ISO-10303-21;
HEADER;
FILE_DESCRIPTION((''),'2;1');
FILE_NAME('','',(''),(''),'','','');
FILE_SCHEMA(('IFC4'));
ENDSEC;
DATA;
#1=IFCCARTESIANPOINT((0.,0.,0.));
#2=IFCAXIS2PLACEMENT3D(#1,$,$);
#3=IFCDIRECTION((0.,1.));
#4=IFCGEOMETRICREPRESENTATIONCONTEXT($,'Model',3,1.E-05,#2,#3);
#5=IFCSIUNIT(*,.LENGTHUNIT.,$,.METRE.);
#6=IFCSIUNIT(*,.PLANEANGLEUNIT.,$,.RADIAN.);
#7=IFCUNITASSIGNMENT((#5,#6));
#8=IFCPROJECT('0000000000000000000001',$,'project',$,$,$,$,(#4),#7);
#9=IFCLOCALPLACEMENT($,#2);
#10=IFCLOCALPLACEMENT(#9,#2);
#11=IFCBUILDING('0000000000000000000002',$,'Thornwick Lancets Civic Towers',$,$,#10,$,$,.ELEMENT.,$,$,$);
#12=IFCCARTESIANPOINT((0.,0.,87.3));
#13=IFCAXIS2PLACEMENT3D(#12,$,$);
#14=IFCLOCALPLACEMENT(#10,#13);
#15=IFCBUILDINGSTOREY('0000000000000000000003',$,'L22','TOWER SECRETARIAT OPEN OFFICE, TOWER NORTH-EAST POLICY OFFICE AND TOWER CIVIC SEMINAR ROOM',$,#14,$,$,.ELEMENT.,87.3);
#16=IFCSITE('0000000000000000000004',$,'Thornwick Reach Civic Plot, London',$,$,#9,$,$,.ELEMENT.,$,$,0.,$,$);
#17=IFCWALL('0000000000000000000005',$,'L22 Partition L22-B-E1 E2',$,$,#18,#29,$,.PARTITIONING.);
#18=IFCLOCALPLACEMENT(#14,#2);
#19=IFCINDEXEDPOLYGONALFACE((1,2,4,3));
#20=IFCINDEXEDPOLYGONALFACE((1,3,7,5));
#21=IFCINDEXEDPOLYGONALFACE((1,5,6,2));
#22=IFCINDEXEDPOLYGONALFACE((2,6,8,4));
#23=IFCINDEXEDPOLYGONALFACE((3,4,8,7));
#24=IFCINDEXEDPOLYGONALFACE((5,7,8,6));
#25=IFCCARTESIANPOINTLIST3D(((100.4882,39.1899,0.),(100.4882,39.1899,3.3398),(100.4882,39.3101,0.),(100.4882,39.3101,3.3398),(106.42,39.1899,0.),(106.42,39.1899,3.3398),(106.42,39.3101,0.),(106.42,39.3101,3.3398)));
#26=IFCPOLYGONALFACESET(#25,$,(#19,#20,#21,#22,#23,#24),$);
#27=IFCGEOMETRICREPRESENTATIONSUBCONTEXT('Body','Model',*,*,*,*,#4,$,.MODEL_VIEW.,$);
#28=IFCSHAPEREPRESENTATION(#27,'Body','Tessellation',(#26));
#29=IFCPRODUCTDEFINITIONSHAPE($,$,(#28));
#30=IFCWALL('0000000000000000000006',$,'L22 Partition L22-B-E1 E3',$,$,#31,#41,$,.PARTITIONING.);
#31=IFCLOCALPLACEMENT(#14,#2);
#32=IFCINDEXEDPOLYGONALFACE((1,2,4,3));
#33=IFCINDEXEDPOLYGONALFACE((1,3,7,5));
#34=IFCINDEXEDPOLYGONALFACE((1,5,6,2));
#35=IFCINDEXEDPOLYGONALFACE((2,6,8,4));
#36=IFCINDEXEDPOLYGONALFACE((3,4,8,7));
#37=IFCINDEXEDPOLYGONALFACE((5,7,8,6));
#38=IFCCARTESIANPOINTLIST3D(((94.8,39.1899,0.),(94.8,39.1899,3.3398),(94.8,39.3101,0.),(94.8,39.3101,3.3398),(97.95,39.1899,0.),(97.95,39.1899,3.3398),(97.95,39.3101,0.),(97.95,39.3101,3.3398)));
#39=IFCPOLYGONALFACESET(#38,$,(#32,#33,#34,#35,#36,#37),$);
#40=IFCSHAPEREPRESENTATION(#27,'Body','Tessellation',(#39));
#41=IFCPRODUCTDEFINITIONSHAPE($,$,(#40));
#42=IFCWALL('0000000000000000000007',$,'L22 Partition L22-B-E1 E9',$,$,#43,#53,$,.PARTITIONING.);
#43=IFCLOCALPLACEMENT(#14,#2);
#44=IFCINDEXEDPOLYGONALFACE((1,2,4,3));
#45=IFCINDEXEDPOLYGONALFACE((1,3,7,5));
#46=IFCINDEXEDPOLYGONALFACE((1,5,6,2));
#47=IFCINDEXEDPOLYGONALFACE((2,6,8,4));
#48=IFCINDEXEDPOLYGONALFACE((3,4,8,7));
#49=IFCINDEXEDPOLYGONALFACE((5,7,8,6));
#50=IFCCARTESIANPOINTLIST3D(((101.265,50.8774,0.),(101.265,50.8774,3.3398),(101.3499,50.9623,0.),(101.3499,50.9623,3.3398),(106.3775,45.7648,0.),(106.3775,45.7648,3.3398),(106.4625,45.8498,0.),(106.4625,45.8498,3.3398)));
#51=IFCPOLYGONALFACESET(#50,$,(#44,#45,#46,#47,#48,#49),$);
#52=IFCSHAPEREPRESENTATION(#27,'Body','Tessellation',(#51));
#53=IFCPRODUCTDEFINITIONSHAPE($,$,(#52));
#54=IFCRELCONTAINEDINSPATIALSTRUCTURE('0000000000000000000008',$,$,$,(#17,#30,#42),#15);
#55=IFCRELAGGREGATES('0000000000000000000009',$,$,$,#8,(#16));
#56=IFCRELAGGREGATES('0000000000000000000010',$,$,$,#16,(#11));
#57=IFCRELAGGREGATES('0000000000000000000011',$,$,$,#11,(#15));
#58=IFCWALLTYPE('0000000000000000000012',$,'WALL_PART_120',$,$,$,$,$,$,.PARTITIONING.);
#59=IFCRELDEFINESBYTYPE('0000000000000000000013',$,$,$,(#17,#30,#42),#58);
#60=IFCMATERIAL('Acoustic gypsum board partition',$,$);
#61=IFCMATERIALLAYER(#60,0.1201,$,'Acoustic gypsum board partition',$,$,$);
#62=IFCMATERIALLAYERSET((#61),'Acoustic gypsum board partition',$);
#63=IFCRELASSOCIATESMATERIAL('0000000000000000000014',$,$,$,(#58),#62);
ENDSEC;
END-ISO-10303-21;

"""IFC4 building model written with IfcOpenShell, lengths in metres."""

from ifc_helpers import new_model, si_unit, direction, frame, frame_2d, origin, place, context, subcontext, project, spatial, rectangle, extrude, material, layer, layer_set, type_object, element, save


model = new_model("IFC4")

# Units and contexts
model_context = context("Model", 3, precision=1e-05, world=origin(), true_north=direction((0.0, 1.0)))
body_context = subcontext(model_context, "Body", "Model", "MODEL_VIEW")
ifc_project = project(units=[si_unit("LENGTHUNIT", "METRE"), si_unit("PLANEANGLEUNIT", "RADIAN")], contexts=[model_context])

# Site, building, storey
site_placement = place(None, origin())
site = spatial("IfcSite", under=ifc_project, at=site_placement, Name="Thornwick Reach Civic Plot, London", CompositionType="ELEMENT", RefElevation=0.0)
building_placement = place(site_placement, origin())
building = spatial("IfcBuilding", under=site, at=building_placement, Name="Thornwick Lancets Civic Towers", CompositionType="ELEMENT")
storey_placement = place(building_placement, frame((0.0, 0.0, 87.3)))
storey = spatial("IfcBuildingStorey", under=building, at=storey_placement, Name="L22", Description="TOWER SECRETARIAT OPEN OFFICE, TOWER NORTH-EAST POLICY OFFICE AND TOWER CIVIC SEMINAR ROOM", CompositionType="ELEMENT", Elevation=87.3)

# Walls
ifc_material_1 = material(Name="Acoustic gypsum board partition")
ifc_layer_1 = layer(ifc_material_1, 0.1201, Name="Acoustic gypsum board partition")
ifc_layer_set_1 = layer_set([ifc_layer_1], Name="Acoustic gypsum board partition")
wall_type_1 = type_object("IfcWallType", Name="WALL_PART_120", PredefinedType="PARTITIONING", material=ifc_layer_set_1)
wall_1_placement = place(storey_placement, frame((106.4199, 39.25, 0.0), z_axis=(0.0, 0.0, 1.0), x_axis=(-1.0, 0.0, 0.0)))
element("IfcWall", 1, at=wall_1_placement, inside=storey, type_object=wall_type_1, Name="L22 Partition L22-B-E1 E2", PredefinedType="PARTITIONING", context=body_context, shape_type="SweptSolid", body=[
    extrude(rectangle(XDim=5.9319, YDim=0.1201, at=frame_2d((2.9658, 0.0))), origin(), (0.0, 0.0, 1.0), 3.3398),
])
wall_2_placement = place(storey_placement, frame((97.95, 39.25, 0.0), z_axis=(0.0, 0.0, 1.0), x_axis=(-1.0, 0.0, 0.0)))
element("IfcWall", 2, at=wall_2_placement, inside=storey, type_object=wall_type_1, Name="L22 Partition L22-B-E1 E3", PredefinedType="PARTITIONING", context=body_context, shape_type="SweptSolid", body=[
    extrude(rectangle(XDim=3.1499, YDim=0.1201, at=frame_2d((1.575, 0.0))), origin(), (0.0, 0.0, 1.0), 3.3398),
])
wall_3_placement = place(storey_placement, frame((101.3074, 50.9199, 0.0), z_axis=(0.0, 0.0, 1.0), x_axis=(0.707107, -0.707107, 0.0)))
element("IfcWall", 3, at=wall_3_placement, inside=storey, type_object=wall_type_1, Name="L22 Partition L22-B-E1 E9", PredefinedType="PARTITIONING", context=body_context, shape_type="SweptSolid", body=[
    extrude(rectangle(XDim=7.2302, YDim=0.1201, at=frame_2d((3.6152, 0.0))), origin(), (0.0, 0.0, 1.0), 3.3398),
])

save(model, "model.ifc")
